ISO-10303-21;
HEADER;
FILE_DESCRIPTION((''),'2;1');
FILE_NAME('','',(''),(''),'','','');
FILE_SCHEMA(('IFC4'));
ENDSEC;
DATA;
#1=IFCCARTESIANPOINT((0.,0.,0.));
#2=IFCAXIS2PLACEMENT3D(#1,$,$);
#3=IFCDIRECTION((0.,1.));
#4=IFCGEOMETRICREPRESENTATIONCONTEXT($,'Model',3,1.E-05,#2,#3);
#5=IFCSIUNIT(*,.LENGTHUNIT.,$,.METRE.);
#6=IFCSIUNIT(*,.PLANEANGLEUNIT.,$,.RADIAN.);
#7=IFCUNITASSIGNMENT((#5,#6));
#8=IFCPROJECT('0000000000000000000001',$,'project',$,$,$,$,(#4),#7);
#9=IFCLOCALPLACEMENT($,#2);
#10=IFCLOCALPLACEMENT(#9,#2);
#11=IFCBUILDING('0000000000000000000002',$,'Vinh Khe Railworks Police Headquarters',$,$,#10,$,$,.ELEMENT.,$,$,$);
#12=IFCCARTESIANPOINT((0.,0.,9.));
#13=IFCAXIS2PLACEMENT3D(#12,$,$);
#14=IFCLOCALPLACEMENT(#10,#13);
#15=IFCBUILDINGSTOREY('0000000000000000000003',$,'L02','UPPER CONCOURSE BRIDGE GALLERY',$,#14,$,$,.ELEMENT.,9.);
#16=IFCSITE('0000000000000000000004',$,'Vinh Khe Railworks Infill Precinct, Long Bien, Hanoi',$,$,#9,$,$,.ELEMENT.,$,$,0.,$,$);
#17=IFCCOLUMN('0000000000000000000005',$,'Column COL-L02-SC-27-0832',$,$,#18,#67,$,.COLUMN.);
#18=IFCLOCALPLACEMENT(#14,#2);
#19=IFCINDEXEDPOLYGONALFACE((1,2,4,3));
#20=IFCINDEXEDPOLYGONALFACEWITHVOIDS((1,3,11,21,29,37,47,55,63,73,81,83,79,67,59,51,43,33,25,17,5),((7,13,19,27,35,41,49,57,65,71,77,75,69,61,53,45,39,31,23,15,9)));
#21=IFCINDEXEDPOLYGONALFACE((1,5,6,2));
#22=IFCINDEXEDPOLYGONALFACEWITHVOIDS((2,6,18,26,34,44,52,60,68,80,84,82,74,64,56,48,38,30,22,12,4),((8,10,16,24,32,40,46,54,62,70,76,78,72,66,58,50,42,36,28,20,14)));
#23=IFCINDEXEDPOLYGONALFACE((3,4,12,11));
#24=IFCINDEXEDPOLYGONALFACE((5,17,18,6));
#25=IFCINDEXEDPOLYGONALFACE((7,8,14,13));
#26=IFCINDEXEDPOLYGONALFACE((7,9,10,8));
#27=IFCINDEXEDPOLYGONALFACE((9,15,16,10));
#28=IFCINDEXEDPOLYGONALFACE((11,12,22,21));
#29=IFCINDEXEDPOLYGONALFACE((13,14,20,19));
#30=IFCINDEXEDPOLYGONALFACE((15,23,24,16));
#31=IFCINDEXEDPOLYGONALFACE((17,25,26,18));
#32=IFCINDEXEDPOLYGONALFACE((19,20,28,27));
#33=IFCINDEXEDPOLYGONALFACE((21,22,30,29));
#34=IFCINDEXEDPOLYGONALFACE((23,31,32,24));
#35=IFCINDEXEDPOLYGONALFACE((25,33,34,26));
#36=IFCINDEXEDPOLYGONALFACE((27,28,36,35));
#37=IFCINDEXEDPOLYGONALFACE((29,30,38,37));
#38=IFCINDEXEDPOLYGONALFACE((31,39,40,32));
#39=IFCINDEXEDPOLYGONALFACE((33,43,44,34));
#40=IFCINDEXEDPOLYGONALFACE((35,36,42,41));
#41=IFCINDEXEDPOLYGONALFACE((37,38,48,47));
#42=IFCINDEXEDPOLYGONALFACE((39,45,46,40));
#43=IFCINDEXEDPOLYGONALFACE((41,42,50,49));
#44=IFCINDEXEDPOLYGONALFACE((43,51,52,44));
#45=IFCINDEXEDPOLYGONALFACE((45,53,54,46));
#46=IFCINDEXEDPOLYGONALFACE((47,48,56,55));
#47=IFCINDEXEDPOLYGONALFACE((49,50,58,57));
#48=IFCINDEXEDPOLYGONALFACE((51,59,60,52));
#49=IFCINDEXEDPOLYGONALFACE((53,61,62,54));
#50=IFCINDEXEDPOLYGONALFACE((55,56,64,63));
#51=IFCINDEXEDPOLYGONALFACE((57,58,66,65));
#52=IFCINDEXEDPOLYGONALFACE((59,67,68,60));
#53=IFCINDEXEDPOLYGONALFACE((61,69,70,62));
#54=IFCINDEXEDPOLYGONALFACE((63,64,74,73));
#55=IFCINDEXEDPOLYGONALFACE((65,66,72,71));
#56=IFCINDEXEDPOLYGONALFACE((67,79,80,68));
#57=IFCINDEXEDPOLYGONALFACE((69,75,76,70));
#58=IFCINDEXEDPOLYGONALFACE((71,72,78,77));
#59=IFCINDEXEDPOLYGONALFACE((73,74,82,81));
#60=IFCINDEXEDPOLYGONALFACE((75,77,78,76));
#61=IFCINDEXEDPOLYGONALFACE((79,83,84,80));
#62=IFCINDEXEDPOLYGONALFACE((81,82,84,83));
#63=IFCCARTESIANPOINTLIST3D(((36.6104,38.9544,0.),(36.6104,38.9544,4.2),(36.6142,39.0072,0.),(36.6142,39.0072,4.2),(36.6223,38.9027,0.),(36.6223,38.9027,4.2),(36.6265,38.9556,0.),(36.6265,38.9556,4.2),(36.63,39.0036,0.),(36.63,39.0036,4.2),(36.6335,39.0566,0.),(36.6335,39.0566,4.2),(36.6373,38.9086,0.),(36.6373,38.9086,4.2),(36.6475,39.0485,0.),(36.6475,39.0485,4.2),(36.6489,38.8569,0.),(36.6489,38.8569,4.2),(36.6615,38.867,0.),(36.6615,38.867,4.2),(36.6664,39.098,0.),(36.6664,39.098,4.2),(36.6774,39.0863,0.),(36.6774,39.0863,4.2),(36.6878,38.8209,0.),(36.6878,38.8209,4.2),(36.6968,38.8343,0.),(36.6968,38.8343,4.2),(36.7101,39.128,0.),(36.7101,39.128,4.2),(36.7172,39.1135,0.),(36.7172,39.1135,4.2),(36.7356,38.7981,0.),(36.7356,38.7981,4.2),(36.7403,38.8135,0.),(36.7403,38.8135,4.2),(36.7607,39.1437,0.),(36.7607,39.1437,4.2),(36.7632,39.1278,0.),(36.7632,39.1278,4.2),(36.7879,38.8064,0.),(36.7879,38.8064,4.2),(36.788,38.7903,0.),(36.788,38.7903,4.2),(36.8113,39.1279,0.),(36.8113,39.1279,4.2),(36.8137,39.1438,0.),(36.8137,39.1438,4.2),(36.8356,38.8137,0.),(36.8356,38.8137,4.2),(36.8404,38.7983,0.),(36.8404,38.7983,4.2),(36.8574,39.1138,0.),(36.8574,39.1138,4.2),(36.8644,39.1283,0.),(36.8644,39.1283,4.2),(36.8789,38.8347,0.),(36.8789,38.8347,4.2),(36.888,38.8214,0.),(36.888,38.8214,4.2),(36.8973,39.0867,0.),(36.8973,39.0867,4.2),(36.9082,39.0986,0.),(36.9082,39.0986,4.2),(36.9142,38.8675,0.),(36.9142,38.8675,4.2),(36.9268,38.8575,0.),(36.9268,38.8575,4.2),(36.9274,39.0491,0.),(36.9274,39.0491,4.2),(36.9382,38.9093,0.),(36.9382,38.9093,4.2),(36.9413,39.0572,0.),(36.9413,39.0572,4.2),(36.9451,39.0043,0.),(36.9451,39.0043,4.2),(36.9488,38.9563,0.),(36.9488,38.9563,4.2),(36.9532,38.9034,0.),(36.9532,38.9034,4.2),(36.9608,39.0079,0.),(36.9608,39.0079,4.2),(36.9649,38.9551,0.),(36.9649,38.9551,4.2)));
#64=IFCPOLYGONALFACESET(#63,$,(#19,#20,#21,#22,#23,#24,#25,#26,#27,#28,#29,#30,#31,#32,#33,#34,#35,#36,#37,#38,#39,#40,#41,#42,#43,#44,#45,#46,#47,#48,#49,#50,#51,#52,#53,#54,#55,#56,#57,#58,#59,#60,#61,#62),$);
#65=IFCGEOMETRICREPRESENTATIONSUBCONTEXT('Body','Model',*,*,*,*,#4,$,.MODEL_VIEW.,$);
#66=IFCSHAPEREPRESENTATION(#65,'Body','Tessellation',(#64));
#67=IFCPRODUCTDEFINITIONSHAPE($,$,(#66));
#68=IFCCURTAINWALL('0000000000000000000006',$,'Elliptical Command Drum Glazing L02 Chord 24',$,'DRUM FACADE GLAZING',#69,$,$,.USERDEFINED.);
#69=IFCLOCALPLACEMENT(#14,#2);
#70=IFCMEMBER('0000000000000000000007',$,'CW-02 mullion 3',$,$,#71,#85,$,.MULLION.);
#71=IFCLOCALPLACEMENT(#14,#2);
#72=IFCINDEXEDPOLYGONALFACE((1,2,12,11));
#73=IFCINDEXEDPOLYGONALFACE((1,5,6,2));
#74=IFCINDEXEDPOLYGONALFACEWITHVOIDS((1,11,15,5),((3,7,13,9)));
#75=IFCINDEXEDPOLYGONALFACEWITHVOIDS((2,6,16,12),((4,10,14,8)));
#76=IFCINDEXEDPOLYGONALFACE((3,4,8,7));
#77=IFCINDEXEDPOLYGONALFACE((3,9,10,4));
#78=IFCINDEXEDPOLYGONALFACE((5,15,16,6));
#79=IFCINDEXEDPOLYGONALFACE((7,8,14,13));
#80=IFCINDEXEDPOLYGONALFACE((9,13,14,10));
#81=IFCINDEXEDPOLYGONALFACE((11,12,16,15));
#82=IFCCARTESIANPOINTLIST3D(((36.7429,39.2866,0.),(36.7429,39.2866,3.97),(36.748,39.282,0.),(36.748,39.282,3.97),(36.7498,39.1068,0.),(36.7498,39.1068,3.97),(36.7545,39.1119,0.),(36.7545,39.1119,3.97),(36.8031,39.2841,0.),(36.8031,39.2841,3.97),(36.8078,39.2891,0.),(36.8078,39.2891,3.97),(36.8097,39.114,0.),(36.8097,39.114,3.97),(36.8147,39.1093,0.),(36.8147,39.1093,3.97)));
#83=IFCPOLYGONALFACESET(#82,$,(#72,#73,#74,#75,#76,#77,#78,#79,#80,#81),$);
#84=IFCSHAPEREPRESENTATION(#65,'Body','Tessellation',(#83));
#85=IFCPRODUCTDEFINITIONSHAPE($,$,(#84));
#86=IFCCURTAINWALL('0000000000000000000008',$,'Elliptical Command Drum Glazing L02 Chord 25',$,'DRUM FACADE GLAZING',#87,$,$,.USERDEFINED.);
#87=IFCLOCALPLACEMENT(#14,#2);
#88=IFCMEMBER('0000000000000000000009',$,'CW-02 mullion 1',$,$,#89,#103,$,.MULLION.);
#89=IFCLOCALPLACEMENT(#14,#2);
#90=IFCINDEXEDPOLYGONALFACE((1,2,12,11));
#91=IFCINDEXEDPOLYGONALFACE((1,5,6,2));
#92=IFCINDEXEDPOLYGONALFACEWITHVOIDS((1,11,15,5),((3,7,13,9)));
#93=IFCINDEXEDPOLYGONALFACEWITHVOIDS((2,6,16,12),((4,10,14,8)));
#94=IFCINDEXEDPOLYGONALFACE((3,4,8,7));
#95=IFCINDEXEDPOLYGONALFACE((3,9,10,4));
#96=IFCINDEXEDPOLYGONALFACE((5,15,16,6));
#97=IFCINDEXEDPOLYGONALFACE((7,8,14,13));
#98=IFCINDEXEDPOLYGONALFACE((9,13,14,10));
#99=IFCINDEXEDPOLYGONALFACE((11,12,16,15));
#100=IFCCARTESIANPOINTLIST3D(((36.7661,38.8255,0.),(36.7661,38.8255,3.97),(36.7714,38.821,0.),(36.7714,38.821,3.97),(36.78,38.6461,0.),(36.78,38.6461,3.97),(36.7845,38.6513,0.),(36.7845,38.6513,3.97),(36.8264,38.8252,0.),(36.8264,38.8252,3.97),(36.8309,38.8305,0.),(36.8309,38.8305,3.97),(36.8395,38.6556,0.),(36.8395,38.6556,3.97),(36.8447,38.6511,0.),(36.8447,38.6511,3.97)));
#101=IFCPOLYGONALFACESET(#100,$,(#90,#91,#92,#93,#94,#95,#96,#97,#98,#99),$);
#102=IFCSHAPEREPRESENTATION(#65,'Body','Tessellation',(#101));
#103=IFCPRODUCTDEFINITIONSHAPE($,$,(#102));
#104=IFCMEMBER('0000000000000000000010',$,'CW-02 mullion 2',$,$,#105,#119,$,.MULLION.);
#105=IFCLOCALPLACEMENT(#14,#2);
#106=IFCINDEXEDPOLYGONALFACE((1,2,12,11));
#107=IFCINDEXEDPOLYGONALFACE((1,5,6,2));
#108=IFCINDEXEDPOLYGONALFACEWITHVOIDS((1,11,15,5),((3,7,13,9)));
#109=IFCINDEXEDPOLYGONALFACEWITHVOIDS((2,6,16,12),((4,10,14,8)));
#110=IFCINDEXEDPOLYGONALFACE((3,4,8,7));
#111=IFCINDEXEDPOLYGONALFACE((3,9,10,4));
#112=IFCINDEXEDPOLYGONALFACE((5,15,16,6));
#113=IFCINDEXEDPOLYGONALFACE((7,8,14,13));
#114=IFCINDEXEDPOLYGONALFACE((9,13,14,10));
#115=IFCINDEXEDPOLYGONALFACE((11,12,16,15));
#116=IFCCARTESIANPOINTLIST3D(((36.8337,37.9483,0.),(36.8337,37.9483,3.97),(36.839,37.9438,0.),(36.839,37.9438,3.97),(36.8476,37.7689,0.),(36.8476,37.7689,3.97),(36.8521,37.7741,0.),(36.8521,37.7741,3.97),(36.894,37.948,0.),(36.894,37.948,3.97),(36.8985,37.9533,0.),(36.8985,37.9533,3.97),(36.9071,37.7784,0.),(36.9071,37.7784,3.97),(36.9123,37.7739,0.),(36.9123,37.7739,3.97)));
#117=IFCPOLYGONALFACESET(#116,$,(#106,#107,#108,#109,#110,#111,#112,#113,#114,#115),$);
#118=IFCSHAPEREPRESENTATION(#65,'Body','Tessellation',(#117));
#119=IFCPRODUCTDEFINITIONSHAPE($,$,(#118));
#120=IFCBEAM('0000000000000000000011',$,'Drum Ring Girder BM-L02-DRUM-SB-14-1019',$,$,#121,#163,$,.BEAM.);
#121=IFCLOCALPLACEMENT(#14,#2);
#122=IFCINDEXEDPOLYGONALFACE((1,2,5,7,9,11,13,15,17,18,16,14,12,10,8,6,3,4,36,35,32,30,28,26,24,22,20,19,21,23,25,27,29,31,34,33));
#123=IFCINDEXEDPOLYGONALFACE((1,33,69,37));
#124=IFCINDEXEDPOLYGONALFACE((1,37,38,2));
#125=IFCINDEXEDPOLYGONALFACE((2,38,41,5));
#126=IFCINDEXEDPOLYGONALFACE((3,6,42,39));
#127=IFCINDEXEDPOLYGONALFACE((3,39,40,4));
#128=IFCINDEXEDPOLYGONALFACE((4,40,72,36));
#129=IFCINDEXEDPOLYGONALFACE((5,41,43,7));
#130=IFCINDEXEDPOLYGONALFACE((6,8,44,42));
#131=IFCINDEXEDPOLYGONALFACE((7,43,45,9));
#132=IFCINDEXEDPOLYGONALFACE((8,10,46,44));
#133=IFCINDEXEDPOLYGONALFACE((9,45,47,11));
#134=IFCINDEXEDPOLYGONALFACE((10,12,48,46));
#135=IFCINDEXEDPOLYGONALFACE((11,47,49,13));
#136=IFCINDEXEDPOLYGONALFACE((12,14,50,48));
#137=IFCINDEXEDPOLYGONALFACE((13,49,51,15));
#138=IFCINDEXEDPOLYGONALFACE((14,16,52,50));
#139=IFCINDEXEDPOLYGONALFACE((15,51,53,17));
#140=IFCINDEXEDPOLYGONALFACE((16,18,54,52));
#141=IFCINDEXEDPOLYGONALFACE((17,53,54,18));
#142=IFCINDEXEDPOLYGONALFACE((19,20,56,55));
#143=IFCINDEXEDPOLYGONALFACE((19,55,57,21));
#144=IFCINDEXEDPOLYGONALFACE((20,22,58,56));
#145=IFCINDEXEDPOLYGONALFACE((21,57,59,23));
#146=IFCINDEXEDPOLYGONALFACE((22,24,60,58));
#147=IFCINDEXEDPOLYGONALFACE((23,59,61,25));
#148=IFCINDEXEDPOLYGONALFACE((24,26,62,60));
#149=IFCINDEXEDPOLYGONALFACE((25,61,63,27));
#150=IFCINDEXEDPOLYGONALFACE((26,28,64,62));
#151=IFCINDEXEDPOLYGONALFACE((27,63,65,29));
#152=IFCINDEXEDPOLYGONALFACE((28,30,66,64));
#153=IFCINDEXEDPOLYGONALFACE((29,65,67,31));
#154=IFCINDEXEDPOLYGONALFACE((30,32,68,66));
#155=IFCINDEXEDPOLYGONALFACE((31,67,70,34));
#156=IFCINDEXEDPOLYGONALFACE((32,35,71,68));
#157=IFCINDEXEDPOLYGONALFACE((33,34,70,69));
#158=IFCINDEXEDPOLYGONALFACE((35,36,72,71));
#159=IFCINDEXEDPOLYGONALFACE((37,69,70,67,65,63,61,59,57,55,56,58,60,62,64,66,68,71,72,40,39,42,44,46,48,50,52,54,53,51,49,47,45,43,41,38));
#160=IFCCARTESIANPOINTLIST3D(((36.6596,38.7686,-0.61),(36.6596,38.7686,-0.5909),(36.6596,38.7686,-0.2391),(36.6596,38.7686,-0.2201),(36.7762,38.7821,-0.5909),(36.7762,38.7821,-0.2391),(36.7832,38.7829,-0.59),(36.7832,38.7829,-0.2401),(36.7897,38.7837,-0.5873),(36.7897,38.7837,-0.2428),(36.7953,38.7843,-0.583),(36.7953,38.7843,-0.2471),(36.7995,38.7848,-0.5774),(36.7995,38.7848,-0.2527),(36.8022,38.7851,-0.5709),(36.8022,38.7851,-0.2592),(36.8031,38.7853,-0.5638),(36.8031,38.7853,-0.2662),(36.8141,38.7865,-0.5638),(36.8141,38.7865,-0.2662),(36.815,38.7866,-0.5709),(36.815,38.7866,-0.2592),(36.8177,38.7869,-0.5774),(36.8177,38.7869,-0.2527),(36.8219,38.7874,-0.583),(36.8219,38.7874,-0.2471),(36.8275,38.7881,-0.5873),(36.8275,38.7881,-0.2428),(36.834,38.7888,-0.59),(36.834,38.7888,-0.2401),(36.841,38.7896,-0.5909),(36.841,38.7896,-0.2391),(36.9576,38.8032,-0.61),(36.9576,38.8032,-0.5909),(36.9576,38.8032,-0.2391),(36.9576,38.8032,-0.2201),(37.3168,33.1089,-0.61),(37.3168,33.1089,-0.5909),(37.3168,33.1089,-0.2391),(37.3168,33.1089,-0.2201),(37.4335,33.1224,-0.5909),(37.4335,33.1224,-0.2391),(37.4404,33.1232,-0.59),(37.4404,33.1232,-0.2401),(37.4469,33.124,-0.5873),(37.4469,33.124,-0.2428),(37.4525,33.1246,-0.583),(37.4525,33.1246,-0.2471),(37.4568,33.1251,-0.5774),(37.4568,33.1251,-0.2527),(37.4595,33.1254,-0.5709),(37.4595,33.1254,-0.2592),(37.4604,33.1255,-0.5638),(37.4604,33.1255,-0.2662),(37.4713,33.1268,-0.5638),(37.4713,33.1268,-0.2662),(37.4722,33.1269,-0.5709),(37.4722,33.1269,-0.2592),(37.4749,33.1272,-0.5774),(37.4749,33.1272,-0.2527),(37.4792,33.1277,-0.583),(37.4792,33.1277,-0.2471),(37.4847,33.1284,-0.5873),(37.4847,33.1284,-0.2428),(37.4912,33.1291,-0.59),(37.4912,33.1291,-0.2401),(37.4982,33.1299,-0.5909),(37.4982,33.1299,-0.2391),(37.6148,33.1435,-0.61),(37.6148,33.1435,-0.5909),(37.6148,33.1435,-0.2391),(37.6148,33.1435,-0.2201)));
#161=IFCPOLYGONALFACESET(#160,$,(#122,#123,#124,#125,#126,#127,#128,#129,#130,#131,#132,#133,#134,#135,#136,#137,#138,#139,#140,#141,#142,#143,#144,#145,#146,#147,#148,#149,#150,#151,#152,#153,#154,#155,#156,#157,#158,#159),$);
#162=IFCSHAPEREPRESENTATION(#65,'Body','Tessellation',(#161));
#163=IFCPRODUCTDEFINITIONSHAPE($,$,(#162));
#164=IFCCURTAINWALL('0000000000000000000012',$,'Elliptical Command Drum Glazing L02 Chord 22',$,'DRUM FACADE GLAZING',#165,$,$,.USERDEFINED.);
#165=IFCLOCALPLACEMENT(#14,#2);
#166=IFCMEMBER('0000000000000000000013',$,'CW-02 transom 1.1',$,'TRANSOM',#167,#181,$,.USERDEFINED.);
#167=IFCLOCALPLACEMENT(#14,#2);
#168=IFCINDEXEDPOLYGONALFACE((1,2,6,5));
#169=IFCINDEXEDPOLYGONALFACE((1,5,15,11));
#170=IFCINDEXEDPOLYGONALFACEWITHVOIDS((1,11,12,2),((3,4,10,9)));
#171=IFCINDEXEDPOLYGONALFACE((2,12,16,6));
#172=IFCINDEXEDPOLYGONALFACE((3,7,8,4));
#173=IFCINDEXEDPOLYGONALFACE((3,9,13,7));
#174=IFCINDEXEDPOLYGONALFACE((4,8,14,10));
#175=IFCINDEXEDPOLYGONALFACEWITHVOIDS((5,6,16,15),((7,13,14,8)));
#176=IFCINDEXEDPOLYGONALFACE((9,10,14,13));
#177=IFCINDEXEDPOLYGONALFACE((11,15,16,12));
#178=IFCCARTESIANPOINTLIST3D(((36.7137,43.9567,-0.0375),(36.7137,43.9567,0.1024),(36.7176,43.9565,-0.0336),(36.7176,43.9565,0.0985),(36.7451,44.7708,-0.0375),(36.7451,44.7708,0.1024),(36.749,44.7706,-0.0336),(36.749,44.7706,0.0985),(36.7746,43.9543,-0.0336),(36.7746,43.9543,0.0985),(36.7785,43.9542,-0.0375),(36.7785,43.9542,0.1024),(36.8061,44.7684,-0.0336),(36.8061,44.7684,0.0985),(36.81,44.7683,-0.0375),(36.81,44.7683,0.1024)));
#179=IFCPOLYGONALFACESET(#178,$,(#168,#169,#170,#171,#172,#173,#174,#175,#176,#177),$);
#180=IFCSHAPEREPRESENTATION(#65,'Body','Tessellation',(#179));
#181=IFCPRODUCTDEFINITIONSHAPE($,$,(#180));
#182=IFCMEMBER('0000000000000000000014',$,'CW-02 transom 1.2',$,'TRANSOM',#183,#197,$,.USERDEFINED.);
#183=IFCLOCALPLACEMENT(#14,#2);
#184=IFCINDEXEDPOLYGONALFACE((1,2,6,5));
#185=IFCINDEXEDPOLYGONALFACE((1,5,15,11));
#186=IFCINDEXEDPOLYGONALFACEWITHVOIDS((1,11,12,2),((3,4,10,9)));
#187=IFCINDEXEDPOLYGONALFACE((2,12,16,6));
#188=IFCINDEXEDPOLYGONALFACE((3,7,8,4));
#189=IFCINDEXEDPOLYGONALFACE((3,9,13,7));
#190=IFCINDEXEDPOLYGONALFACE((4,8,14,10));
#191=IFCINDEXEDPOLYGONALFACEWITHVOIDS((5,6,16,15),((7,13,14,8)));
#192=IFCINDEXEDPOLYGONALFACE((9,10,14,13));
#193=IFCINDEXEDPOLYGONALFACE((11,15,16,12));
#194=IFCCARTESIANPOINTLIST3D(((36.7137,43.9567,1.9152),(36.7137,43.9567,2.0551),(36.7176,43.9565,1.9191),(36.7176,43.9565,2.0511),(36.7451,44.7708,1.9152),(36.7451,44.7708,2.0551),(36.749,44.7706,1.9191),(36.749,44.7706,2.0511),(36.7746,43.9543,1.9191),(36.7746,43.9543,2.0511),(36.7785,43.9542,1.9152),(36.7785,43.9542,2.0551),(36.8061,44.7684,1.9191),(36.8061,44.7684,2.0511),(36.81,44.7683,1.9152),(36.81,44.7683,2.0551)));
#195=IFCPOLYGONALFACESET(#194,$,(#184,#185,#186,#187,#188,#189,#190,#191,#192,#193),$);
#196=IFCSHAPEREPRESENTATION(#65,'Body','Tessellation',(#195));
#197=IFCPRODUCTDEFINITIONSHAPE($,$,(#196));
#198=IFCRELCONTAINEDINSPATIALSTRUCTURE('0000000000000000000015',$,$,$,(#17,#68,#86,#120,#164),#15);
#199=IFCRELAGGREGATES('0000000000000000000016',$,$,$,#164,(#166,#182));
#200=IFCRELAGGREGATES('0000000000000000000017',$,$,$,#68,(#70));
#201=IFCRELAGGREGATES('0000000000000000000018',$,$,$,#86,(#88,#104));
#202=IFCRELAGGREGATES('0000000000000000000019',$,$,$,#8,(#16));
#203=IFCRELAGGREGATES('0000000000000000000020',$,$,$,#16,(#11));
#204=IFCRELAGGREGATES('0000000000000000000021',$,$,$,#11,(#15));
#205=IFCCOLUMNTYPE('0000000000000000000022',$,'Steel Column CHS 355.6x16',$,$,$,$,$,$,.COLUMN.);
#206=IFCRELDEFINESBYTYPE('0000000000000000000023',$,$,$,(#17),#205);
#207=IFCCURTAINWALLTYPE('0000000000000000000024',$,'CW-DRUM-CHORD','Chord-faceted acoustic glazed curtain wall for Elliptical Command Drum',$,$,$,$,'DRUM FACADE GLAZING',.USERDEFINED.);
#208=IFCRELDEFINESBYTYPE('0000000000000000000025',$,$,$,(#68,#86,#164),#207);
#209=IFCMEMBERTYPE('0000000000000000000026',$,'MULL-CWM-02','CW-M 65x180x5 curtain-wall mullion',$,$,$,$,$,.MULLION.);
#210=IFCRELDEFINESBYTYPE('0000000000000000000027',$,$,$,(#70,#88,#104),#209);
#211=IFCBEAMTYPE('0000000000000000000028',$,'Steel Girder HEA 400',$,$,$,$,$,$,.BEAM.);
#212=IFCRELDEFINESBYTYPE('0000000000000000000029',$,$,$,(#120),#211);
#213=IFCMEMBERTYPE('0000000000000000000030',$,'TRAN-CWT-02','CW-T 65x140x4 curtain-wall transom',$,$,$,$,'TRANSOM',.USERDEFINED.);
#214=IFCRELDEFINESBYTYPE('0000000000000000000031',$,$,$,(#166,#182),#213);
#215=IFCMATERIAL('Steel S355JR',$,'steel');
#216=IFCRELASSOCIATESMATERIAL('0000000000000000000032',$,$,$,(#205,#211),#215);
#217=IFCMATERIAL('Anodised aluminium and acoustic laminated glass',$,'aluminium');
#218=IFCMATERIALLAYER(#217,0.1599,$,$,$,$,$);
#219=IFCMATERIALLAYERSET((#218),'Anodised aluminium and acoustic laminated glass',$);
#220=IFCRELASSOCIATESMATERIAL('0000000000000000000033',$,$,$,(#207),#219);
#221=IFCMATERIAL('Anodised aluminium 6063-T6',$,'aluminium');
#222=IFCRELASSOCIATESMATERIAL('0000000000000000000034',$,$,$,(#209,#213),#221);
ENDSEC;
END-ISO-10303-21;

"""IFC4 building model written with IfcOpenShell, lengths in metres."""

from ifc_helpers import new_model, si_unit, direction, frame, origin, origin_2d, place, context, subcontext, project, spatial, hollow_rectangle, hollow_circle, i_section, extrude, material, layer, layer_set, material_profile, profile_set, type_object, element, aggregate, save


model = new_model("IFC4")

# Units and contexts
model_context = context("Model", 3, precision=1e-05, world=origin(), true_north=direction((0.0, 1.0)))
body_context = subcontext(model_context, "Body", "Model", "MODEL_VIEW")
ifc_project = project(units=[si_unit("LENGTHUNIT", "METRE"), si_unit("PLANEANGLEUNIT", "RADIAN")], contexts=[model_context])

# Site, building, storey
site_placement = place(None, origin())
site = spatial("IfcSite", under=ifc_project, at=site_placement, Name="Vinh Khe Railworks Infill Precinct, Long Bien, Hanoi", CompositionType="ELEMENT", RefElevation=0.0)
building_placement = place(site_placement, origin())
building = spatial("IfcBuilding", under=site, at=building_placement, Name="Vinh Khe Railworks Police Headquarters", CompositionType="ELEMENT")
storey_placement = place(building_placement, frame((0.0, 0.0, 9.0)))
storey = spatial("IfcBuildingStorey", under=building, at=storey_placement, Name="L02", Description="UPPER CONCOURSE BRIDGE GALLERY", CompositionType="ELEMENT", Elevation=9.0)

# Column
ifc_material_1 = material(Name="Steel S355JR", Category="steel")
ifc_material_profile_1 = material_profile(ifc_material_1, hollow_circle(Radius=0.1777, WallThickness=0.0161, at=origin_2d()), Name="CHS 355.6x16")
ifc_profile_set_1 = profile_set([ifc_material_profile_1], Name="Steel S355JR")
column_type = type_object("IfcColumnType", Name="Steel Column CHS 355.6x16", PredefinedType="COLUMN", material=ifc_profile_set_1)
column_placement = place(storey_placement, frame((36.7876, 38.968, 0.0), z_axis=(0.0, 0.0, 1.0), x_axis=(-0.997039, -0.076893, 0.0)))
element("IfcColumn", 1, at=column_placement, inside=storey, type_object=column_type, Name="Column COL-L02-SC-27-0832", PredefinedType="COLUMN", context=body_context, shape_type="SweptSolid", body=[
    extrude(hollow_circle(Radius=0.1777, WallThickness=0.0161, at=origin_2d()), origin(), (0.0, 0.0, 1.0), 4.2),
])

# Curtain wall, member
ifc_material_2 = material(Name="Anodised aluminium and acoustic laminated glass", Category="aluminium")
ifc_layer_1 = layer(ifc_material_2, 0.1599)
ifc_layer_set_1 = layer_set([ifc_layer_1], Name="Anodised aluminium and acoustic laminated glass")
curtain_wall_type = type_object("IfcCurtainWallType", Name="CW-DRUM-CHORD", Description="Chord-faceted acoustic glazed curtain wall for Elliptical Command Drum", ElementType="DRUM FACADE GLAZING", PredefinedType="USERDEFINED", material=ifc_layer_set_1)
curtain_wall_1_placement = place(storey_placement, origin())
curtain_wall_1 = element("IfcCurtainWall", 2, at=curtain_wall_1_placement, inside=storey, type_object=curtain_wall_type, Name="Elliptical Command Drum Glazing L02 Chord 24", ObjectType="DRUM FACADE GLAZING", PredefinedType="USERDEFINED")
ifc_material_3 = material(Name="Anodised aluminium 6063-T6", Category="aluminium")
ifc_material_profile_2 = material_profile(ifc_material_3, hollow_rectangle(XDim=0.0649, YDim=0.1799, WallThickness=0.0049, at=origin_2d()), Name="CW-M 65x180x5")
ifc_profile_set_2 = profile_set([ifc_material_profile_2], Name="Anodised aluminium 6063-T6")
member_type_1 = type_object("IfcMemberType", Name="MULL-CWM-02", Description="CW-M 65x180x5 curtain-wall mullion", PredefinedType="MULLION", material=ifc_profile_set_2)
member_1_placement = place(storey_placement, frame((36.7788, 39.198, 0.0), z_axis=(0.0, 0.0, 1.0), x_axis=(0.999258, 0.038513, 0.0)))
member_1 = element("IfcMember", 3, at=member_1_placement, type_object=member_type_1, Name="CW-02 mullion 3", PredefinedType="MULLION", context=body_context, shape_type="SweptSolid", body=[
    extrude(hollow_rectangle(XDim=0.0649, YDim=0.1799, WallThickness=0.0049, at=origin_2d()), origin(), (0.0, 0.0, 1.0), 3.97),
])

# Curtain wall, members
curtain_wall_2_placement = place(storey_placement, origin())
curtain_wall_2 = element("IfcCurtainWall", 4, at=curtain_wall_2_placement, inside=storey, type_object=curtain_wall_type, Name="Elliptical Command Drum Glazing L02 Chord 25", ObjectType="DRUM FACADE GLAZING", PredefinedType="USERDEFINED")
member_2_placement = place(storey_placement, frame((36.8054, 38.7383, 0.0), z_axis=(0.0, 0.0, 1.0), x_axis=(0.997033, 0.076969, 0.0)))
member_2 = element("IfcMember", 5, at=member_2_placement, type_object=member_type_1, Name="CW-02 mullion 1", PredefinedType="MULLION", context=body_context, shape_type="SweptSolid", body=[
    extrude(hollow_rectangle(XDim=0.0649, YDim=0.1799, WallThickness=0.0049, at=origin_2d()), origin(), (0.0, 0.0, 1.0), 3.97),
])
member_3_placement = place(storey_placement, frame((36.873, 37.8611, 0.0), z_axis=(0.0, 0.0, 1.0), x_axis=(0.997033, 0.076969, 0.0)))
member_3 = element("IfcMember", 6, at=member_3_placement, type_object=member_type_1, Name="CW-02 mullion 2", PredefinedType="MULLION", context=body_context, shape_type="SweptSolid", body=[
    extrude(hollow_rectangle(XDim=0.0649, YDim=0.1799, WallThickness=0.0049, at=origin_2d()), origin(), (0.0, 0.0, 1.0), 3.97),
])

# Beam
ifc_material_profile_3 = material_profile(ifc_material_1, i_section(OverallWidth=0.3, OverallDepth=0.3899, WebThickness=0.011, FlangeThickness=0.019, FilletRadius=0.0271, at=origin_2d()), Name="HEA 400")
ifc_profile_set_3 = profile_set([ifc_material_profile_3], Name="Steel S355JR")
beam_type = type_object("IfcBeamType", Name="Steel Girder HEA 400", PredefinedType="BEAM", material=ifc_profile_set_3)
beam_placement = place(storey_placement, frame((36.8086, 38.7859, -0.415), z_axis=(0.115349, -0.993325, 0.0), x_axis=(0.993325, 0.115349, 0.0)))
element("IfcBeam", 7, at=beam_placement, inside=storey, type_object=beam_type, Name="Drum Ring Girder BM-L02-DRUM-SB-14-1019", PredefinedType="BEAM", context=body_context, shape_type="SweptSolid", body=[
    extrude(i_section(OverallWidth=0.3, OverallDepth=0.3899, WebThickness=0.011, FlangeThickness=0.019, FilletRadius=0.0271, at=origin_2d()), origin(), (0.0, 0.0, 1.0), 5.6978),
])

# Curtain wall, members
curtain_wall_3_placement = place(storey_placement, origin())
curtain_wall_3 = element("IfcCurtainWall", 8, at=curtain_wall_3_placement, inside=storey, type_object=curtain_wall_type, Name="Elliptical Command Drum Glazing L02 Chord 22", ObjectType="DRUM FACADE GLAZING", PredefinedType="USERDEFINED")
ifc_material_profile_4 = material_profile(ifc_material_3, hollow_rectangle(XDim=0.0649, YDim=0.1399, WallThickness=0.0039, at=origin_2d()), Name="CW-T 65x140x4")
ifc_profile_set_4 = profile_set([ifc_material_profile_4], Name="Anodised aluminium 6063-T6")
member_type_2 = type_object("IfcMemberType", Name="TRAN-CWT-02", Description="CW-T 65x140x4 curtain-wall transom", ElementType="TRANSOM", PredefinedType="USERDEFINED", material=ifc_profile_set_4)
member_4_placement = place(storey_placement, frame((36.7776, 44.7695, 0.0325), z_axis=(-0.038652, -0.999253, 0.0), x_axis=(0.999253, -0.038652, 0.0)))
member_4 = element("IfcMember", 9, at=member_4_placement, type_object=member_type_2, Name="CW-02 transom 1.1", ObjectType="TRANSOM", PredefinedType="USERDEFINED", context=body_context, shape_type="SweptSolid", body=[
    extrude(hollow_rectangle(XDim=0.0649, YDim=0.1399, WallThickness=0.0039, at=origin_2d()), origin(), (0.0, 0.0, 1.0), 0.8147),
])
member_5_placement = place(storey_placement, frame((36.7776, 44.7695, 1.9851), z_axis=(-0.038652, -0.999253, 0.0), x_axis=(0.999253, -0.038652, 0.0)))
member_5 = element("IfcMember", 10, at=member_5_placement, type_object=member_type_2, Name="CW-02 transom 1.2", ObjectType="TRANSOM", PredefinedType="USERDEFINED", context=body_context, shape_type="SweptSolid", body=[
    extrude(hollow_rectangle(XDim=0.0649, YDim=0.1399, WallThickness=0.0039, at=origin_2d()), origin(), (0.0, 0.0, 1.0), 0.8147),
])

aggregate(curtain_wall_3, [member_4, member_5])
aggregate(curtain_wall_1, [member_1])
aggregate(curtain_wall_2, [member_2, member_3])

save(model, "model.ifc")
